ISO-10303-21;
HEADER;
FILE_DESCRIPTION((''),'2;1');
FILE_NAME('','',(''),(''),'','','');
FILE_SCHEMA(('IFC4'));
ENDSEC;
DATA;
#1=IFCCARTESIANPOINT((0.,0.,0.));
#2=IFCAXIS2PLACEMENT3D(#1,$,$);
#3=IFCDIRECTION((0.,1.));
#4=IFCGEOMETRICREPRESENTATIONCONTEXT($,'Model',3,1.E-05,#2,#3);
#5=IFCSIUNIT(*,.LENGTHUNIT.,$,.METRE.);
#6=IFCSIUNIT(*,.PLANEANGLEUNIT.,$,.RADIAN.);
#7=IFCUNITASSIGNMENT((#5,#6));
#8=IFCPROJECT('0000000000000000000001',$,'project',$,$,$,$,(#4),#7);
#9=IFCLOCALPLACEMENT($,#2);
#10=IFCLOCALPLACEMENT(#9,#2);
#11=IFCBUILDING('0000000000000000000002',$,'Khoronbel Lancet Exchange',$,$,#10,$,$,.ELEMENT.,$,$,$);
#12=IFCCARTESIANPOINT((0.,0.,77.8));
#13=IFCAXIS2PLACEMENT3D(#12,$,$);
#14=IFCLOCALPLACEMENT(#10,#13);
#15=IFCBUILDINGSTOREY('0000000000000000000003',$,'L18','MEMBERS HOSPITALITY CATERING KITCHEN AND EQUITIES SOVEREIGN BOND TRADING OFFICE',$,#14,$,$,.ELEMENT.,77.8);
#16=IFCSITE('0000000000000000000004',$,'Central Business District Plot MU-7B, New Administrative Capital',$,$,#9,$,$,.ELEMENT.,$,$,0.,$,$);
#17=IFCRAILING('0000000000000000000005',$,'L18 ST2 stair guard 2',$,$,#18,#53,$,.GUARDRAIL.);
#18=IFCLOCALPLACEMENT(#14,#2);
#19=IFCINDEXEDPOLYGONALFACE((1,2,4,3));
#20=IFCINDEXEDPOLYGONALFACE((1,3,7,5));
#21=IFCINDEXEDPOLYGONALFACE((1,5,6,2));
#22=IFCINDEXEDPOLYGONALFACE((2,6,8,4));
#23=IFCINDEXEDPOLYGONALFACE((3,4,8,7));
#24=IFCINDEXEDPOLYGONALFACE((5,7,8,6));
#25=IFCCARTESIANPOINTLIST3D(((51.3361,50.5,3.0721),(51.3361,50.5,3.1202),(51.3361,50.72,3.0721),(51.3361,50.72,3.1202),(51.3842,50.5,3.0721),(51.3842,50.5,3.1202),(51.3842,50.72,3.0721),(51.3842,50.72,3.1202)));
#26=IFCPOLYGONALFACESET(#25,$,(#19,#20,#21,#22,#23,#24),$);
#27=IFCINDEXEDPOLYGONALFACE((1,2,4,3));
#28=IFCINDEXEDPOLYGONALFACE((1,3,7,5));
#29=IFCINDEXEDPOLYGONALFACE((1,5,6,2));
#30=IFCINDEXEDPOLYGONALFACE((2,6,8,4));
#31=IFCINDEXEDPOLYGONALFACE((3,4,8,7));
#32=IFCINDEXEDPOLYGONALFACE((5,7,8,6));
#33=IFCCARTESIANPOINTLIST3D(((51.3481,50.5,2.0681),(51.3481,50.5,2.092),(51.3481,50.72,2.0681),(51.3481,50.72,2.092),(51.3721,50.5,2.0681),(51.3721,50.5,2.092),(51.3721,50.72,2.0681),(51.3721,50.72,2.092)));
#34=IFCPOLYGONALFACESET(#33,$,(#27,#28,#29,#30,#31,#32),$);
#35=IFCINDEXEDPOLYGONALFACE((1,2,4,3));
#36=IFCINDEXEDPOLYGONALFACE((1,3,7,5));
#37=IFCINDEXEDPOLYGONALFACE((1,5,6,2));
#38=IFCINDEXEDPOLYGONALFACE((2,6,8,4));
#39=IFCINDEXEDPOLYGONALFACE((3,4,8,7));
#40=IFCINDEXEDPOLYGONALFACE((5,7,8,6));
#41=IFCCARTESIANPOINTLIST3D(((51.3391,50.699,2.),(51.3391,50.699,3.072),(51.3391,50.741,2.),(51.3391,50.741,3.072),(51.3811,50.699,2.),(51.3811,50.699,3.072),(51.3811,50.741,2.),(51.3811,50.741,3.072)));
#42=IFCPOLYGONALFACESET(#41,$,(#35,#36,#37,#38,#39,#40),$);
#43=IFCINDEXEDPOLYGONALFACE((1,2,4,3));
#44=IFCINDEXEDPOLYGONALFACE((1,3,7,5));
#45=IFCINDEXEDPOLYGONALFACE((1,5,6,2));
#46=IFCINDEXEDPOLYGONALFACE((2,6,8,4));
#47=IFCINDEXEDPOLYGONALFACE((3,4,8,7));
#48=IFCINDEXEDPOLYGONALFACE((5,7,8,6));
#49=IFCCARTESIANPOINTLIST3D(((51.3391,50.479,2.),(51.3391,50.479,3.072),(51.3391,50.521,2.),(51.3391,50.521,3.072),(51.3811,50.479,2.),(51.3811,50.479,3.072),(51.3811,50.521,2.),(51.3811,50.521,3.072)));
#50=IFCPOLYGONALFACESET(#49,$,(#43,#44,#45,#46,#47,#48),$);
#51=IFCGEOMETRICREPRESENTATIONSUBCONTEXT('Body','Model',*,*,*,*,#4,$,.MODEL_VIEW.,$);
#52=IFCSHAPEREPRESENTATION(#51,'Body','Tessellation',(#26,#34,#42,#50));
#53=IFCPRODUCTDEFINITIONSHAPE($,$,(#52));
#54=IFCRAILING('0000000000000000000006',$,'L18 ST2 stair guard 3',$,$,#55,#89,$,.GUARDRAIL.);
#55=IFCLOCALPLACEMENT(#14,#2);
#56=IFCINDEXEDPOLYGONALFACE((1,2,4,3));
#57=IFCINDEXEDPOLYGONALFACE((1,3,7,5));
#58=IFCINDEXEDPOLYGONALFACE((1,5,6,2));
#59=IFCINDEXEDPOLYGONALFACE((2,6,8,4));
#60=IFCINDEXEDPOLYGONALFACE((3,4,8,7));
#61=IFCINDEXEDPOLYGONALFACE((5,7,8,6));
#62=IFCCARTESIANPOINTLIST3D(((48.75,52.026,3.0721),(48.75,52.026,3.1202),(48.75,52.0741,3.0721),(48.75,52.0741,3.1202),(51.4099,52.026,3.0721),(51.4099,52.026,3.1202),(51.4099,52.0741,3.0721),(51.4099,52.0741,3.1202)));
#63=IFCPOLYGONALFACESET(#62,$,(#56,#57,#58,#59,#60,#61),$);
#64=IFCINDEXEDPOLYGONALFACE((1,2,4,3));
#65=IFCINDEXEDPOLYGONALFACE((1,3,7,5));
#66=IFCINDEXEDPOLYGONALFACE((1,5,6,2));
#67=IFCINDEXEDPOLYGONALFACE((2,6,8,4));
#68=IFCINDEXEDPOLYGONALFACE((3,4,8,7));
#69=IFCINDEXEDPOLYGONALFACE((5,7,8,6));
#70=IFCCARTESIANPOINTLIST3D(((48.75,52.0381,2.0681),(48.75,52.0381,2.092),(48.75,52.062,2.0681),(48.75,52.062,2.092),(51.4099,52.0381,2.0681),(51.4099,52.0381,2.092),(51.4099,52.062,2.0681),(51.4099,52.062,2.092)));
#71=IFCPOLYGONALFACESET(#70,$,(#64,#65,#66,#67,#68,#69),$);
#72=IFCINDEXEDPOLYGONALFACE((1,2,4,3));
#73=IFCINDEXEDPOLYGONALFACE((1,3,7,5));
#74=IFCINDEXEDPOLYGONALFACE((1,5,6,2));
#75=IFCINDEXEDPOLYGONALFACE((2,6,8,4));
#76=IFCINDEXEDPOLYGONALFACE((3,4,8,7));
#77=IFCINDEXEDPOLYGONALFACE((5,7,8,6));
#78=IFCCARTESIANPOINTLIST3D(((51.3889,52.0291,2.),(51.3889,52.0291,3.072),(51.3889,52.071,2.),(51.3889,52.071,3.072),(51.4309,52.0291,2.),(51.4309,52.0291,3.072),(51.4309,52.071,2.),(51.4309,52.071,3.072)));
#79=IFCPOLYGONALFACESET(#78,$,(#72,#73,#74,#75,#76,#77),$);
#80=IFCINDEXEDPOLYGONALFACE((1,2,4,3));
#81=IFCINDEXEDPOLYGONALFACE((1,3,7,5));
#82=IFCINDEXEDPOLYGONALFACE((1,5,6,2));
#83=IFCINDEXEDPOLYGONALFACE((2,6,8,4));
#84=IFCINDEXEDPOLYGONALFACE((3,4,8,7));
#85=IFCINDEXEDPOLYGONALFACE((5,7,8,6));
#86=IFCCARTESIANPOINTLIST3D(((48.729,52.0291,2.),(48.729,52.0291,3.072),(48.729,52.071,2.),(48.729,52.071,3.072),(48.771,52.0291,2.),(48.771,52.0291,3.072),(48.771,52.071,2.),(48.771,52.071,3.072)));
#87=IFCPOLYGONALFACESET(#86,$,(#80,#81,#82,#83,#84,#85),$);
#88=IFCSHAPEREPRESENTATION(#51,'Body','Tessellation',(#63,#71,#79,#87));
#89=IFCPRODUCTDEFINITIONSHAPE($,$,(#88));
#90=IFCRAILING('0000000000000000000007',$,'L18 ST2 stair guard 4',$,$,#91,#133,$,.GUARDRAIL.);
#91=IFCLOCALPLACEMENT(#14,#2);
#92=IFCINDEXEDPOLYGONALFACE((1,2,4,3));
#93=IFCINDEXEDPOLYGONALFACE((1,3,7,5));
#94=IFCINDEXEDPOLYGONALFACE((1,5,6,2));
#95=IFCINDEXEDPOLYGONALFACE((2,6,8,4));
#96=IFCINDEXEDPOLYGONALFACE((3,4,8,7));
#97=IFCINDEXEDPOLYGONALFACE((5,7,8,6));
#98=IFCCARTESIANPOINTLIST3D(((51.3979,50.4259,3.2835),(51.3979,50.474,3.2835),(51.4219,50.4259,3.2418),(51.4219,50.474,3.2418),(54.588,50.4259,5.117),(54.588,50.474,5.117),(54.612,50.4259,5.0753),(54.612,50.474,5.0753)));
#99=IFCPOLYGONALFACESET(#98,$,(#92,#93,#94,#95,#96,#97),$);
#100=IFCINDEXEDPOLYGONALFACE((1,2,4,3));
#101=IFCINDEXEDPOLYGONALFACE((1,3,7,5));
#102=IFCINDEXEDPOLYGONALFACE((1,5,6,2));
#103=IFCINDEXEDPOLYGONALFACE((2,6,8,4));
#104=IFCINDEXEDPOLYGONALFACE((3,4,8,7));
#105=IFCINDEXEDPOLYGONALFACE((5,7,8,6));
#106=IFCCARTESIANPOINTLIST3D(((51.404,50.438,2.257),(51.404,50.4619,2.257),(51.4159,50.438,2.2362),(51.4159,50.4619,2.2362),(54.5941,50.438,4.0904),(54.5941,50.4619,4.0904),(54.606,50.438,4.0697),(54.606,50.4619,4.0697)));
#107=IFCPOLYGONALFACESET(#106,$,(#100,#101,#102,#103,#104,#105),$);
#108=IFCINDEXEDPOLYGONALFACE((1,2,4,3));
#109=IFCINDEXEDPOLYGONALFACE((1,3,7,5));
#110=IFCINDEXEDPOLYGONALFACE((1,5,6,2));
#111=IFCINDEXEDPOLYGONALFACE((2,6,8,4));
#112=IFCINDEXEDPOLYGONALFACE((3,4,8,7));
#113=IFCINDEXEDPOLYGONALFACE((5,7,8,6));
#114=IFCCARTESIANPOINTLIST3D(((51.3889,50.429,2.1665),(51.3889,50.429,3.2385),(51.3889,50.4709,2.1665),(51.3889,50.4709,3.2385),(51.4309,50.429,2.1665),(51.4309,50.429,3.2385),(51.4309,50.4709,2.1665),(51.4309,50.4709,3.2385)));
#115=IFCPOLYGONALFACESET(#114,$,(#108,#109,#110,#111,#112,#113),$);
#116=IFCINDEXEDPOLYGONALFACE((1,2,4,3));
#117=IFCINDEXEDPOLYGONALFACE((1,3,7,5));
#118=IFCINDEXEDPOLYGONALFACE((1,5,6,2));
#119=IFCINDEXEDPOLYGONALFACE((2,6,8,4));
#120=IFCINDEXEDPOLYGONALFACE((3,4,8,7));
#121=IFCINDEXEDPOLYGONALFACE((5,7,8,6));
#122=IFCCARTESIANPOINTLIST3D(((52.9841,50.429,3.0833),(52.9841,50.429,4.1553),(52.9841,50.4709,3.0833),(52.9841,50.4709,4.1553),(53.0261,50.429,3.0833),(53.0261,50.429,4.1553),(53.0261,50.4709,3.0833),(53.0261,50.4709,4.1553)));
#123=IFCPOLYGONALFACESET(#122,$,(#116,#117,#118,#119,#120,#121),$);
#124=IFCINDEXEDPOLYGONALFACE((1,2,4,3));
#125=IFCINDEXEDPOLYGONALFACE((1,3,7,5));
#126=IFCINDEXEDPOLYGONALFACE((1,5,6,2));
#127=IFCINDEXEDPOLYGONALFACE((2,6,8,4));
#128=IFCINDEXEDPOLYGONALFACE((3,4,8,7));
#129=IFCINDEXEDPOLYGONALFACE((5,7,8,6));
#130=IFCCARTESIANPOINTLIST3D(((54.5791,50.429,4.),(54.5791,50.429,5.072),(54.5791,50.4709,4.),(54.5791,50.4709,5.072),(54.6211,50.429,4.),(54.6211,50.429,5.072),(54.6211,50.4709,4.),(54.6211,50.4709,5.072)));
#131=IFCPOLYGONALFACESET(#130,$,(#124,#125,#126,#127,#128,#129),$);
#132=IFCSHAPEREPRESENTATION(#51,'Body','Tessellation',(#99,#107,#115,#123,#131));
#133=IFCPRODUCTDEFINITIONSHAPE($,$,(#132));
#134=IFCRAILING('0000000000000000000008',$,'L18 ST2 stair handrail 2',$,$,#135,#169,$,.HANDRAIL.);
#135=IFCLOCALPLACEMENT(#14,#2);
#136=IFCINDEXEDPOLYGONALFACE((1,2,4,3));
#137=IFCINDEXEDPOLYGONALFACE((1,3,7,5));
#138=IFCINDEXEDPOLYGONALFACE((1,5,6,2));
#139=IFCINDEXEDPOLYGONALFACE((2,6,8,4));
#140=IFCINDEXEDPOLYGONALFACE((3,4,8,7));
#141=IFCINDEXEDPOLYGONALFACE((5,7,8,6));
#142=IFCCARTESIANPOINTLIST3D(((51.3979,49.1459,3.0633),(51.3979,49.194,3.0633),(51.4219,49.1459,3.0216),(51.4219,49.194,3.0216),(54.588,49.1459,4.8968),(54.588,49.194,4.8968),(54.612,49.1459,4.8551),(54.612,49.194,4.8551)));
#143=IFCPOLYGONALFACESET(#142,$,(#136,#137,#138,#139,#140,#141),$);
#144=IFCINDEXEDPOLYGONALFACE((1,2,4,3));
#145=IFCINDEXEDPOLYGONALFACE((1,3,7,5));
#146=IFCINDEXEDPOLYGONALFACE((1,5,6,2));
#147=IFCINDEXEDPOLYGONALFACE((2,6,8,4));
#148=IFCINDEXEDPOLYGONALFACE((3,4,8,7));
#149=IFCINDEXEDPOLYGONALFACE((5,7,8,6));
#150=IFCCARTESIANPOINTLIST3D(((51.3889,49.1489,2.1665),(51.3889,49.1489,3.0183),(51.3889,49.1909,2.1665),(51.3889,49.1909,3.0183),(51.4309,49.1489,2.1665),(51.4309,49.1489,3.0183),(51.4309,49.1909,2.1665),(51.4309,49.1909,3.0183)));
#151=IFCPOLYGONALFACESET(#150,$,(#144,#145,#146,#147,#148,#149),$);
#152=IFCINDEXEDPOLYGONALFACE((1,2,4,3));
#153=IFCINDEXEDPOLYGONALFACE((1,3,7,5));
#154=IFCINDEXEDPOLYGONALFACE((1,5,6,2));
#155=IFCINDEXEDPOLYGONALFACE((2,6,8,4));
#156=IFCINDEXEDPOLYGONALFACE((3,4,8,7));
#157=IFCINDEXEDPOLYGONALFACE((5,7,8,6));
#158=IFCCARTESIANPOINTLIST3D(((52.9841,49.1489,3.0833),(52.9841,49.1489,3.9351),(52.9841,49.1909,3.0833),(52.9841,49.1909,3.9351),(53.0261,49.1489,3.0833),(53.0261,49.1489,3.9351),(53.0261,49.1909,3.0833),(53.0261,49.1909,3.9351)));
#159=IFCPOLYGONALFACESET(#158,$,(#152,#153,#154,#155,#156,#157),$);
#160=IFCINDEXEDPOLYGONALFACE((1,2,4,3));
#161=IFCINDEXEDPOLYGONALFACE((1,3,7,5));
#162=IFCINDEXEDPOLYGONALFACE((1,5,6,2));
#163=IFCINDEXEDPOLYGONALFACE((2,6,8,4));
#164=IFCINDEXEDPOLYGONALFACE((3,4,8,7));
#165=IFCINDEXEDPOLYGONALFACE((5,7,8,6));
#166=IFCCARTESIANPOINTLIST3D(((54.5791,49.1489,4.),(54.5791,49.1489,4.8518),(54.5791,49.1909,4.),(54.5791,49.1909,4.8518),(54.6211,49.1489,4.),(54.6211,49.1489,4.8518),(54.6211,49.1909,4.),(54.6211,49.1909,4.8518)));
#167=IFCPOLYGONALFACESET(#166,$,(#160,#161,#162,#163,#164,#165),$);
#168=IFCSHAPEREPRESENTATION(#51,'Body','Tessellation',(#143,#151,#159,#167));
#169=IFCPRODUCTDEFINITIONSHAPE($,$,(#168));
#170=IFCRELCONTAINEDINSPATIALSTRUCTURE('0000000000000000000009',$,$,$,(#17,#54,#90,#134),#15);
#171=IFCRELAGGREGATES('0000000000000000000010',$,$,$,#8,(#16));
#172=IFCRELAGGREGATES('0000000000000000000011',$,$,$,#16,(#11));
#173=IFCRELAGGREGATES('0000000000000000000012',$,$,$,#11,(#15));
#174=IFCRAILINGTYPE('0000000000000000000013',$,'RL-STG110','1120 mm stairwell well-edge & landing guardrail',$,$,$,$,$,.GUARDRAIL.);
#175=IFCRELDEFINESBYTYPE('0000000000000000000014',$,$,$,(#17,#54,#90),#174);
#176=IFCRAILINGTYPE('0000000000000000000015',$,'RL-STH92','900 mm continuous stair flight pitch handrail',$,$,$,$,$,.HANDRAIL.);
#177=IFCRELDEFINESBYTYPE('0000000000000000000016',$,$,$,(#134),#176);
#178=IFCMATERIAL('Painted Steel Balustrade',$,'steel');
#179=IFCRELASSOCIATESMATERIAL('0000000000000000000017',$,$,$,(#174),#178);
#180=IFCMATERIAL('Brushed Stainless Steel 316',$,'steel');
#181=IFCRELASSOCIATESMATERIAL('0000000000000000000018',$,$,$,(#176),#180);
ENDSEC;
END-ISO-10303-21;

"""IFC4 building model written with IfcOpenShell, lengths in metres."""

from ifc_helpers import new_model, si_unit, direction, frame, origin, origin_2d, place, context, subcontext, project, spatial, rectangle, extrude, material, type_object, element, save


model = new_model("IFC4")

# Units and contexts
model_context = context("Model", 3, precision=1e-05, world=origin(), true_north=direction((0.0, 1.0)))
body_context = subcontext(model_context, "Body", "Model", "MODEL_VIEW")
ifc_project = project(units=[si_unit("LENGTHUNIT", "METRE"), si_unit("PLANEANGLEUNIT", "RADIAN")], contexts=[model_context])

# Site, building, storey
site_placement = place(None, origin())
site = spatial("IfcSite", under=ifc_project, at=site_placement, Name="Central Business District Plot MU-7B, New Administrative Capital", CompositionType="ELEMENT", RefElevation=0.0)
building_placement = place(site_placement, origin())
building = spatial("IfcBuilding", under=site, at=building_placement, Name="Khoronbel Lancet Exchange", CompositionType="ELEMENT")
storey_placement = place(building_placement, frame((0.0, 0.0, 77.8)))
storey = spatial("IfcBuildingStorey", under=building, at=storey_placement, Name="L18", Description="MEMBERS HOSPITALITY CATERING KITCHEN AND EQUITIES SOVEREIGN BOND TRADING OFFICE", CompositionType="ELEMENT", Elevation=77.8)

# Railings
ifc_material_1 = material(Name="Painted Steel Balustrade", Category="steel")
railing_type_1 = type_object("IfcRailingType", Name="RL-STG110", Description="1120 mm stairwell well-edge & landing guardrail", PredefinedType="GUARDRAIL", material=ifc_material_1)
railing_1_placement = place(storey_placement, frame((51.3601, 50.72, 2.0)))
element("IfcRailing", 1, at=railing_1_placement, inside=storey, type_object=railing_type_1, Name="L18 ST2 stair guard 2", PredefinedType="GUARDRAIL", context=body_context, shape_type="SweptSolid", body=[
    extrude(rectangle(XDim=0.0481, YDim=0.0481, at=origin_2d()), frame((0.0, 0.0, 1.0962), z_axis=(0.0, -1.0, 0.0), x_axis=(1.0, 0.0, 0.0)), (0.0, 0.0, 1.0), 0.22),
    extrude(rectangle(XDim=0.0239, YDim=0.0239, at=origin_2d()), frame((0.0, 0.0, 0.0801), z_axis=(0.0, -1.0, 0.0), x_axis=(1.0, 0.0, 0.0)), (0.0, 0.0, 1.0), 0.22),
    extrude(rectangle(XDim=0.042, YDim=0.042, at=origin_2d()), origin(), (0.0, 0.0, 1.0), 1.072),
    extrude(rectangle(XDim=0.042, YDim=0.042, at=origin_2d()), frame((0.0, -0.22, 0.0)), (0.0, 0.0, 1.0), 1.072),
])
railing_2_placement = place(storey_placement, frame((51.4099, 52.05, 2.0)))
element("IfcRailing", 2, at=railing_2_placement, inside=storey, type_object=railing_type_1, Name="L18 ST2 stair guard 3", PredefinedType="GUARDRAIL", context=body_context, shape_type="SweptSolid", body=[
    extrude(rectangle(XDim=0.0481, YDim=0.0481, at=origin_2d()), frame((0.0, 0.0, 1.0962), z_axis=(-1.0, 0.0, 0.0), x_axis=(0.0, -1.0, 0.0)), (0.0, 0.0, 1.0), 2.6599),
    extrude(rectangle(XDim=0.0239, YDim=0.0239, at=origin_2d()), frame((0.0, 0.0, 0.0801), z_axis=(-1.0, 0.0, 0.0), x_axis=(0.0, -1.0, 0.0)), (0.0, 0.0, 1.0), 2.6599),
    extrude(rectangle(XDim=0.042, YDim=0.042, at=origin_2d()), origin(), (0.0, 0.0, 1.0), 1.072),
    extrude(rectangle(XDim=0.042, YDim=0.042, at=origin_2d()), frame((-2.6599, 0.0, 0.0)), (0.0, 0.0, 1.0), 1.072),
])
railing_3_placement = place(storey_placement, frame((51.4099, 50.45, 2.1665)))
element("IfcRailing", 3, at=railing_3_placement, inside=storey, type_object=railing_type_1, Name="L18 ST2 stair guard 4", PredefinedType="GUARDRAIL", context=body_context, shape_type="SweptSolid", body=[
    extrude(rectangle(XDim=0.0481, YDim=0.0481, at=origin_2d()), frame((0.0, 0.0, 1.0962), z_axis=(0.867007, 0.0, 0.498295), x_axis=(0.0, 1.0, 0.0)), (0.0, 0.0, 1.0), 3.6794),
    extrude(rectangle(XDim=0.0239, YDim=0.0239, at=origin_2d()), frame((0.0, 0.0, 0.0801), z_axis=(0.867007, 0.0, 0.498295), x_axis=(0.0, 1.0, 0.0)), (0.0, 0.0, 1.0), 3.6794),
    extrude(rectangle(XDim=0.042, YDim=0.042, at=origin_2d()), origin(), (0.0, 0.0, 1.0), 1.072),
    extrude(rectangle(XDim=0.042, YDim=0.042, at=origin_2d()), frame((1.5952, 0.0, 0.9167)), (0.0, 0.0, 1.0), 1.072),
    extrude(rectangle(XDim=0.042, YDim=0.042, at=origin_2d()), frame((3.1902, 0.0, 1.8335)), (0.0, 0.0, 1.0), 1.072),
])
ifc_material_2 = material(Name="Brushed Stainless Steel 316", Category="steel")
railing_type_2 = type_object("IfcRailingType", Name="RL-STH92", Description="900 mm continuous stair flight pitch handrail", PredefinedType="HANDRAIL", material=ifc_material_2)
railing_4_placement = place(storey_placement, frame((51.4099, 49.1699, 2.1665)))
element("IfcRailing", 4, at=railing_4_placement, inside=storey, type_object=railing_type_2, Name="L18 ST2 stair handrail 2", PredefinedType="HANDRAIL", context=body_context, shape_type="SweptSolid", body=[
    extrude(rectangle(XDim=0.0481, YDim=0.0481, at=origin_2d()), frame((0.0, 0.0, 0.876), z_axis=(0.867007, 0.0, 0.498295), x_axis=(0.0, 1.0, 0.0)), (0.0, 0.0, 1.0), 3.6794),
    extrude(rectangle(XDim=0.042, YDim=0.042, at=origin_2d()), origin(), (0.0, 0.0, 1.0), 0.8518),
    extrude(rectangle(XDim=0.042, YDim=0.042, at=origin_2d()), frame((1.5952, 0.0, 0.9167)), (0.0, 0.0, 1.0), 0.8518),
    extrude(rectangle(XDim=0.042, YDim=0.042, at=origin_2d()), frame((3.1902, 0.0, 1.8335)), (0.0, 0.0, 1.0), 0.8518),
])

save(model, "model.ifc")
